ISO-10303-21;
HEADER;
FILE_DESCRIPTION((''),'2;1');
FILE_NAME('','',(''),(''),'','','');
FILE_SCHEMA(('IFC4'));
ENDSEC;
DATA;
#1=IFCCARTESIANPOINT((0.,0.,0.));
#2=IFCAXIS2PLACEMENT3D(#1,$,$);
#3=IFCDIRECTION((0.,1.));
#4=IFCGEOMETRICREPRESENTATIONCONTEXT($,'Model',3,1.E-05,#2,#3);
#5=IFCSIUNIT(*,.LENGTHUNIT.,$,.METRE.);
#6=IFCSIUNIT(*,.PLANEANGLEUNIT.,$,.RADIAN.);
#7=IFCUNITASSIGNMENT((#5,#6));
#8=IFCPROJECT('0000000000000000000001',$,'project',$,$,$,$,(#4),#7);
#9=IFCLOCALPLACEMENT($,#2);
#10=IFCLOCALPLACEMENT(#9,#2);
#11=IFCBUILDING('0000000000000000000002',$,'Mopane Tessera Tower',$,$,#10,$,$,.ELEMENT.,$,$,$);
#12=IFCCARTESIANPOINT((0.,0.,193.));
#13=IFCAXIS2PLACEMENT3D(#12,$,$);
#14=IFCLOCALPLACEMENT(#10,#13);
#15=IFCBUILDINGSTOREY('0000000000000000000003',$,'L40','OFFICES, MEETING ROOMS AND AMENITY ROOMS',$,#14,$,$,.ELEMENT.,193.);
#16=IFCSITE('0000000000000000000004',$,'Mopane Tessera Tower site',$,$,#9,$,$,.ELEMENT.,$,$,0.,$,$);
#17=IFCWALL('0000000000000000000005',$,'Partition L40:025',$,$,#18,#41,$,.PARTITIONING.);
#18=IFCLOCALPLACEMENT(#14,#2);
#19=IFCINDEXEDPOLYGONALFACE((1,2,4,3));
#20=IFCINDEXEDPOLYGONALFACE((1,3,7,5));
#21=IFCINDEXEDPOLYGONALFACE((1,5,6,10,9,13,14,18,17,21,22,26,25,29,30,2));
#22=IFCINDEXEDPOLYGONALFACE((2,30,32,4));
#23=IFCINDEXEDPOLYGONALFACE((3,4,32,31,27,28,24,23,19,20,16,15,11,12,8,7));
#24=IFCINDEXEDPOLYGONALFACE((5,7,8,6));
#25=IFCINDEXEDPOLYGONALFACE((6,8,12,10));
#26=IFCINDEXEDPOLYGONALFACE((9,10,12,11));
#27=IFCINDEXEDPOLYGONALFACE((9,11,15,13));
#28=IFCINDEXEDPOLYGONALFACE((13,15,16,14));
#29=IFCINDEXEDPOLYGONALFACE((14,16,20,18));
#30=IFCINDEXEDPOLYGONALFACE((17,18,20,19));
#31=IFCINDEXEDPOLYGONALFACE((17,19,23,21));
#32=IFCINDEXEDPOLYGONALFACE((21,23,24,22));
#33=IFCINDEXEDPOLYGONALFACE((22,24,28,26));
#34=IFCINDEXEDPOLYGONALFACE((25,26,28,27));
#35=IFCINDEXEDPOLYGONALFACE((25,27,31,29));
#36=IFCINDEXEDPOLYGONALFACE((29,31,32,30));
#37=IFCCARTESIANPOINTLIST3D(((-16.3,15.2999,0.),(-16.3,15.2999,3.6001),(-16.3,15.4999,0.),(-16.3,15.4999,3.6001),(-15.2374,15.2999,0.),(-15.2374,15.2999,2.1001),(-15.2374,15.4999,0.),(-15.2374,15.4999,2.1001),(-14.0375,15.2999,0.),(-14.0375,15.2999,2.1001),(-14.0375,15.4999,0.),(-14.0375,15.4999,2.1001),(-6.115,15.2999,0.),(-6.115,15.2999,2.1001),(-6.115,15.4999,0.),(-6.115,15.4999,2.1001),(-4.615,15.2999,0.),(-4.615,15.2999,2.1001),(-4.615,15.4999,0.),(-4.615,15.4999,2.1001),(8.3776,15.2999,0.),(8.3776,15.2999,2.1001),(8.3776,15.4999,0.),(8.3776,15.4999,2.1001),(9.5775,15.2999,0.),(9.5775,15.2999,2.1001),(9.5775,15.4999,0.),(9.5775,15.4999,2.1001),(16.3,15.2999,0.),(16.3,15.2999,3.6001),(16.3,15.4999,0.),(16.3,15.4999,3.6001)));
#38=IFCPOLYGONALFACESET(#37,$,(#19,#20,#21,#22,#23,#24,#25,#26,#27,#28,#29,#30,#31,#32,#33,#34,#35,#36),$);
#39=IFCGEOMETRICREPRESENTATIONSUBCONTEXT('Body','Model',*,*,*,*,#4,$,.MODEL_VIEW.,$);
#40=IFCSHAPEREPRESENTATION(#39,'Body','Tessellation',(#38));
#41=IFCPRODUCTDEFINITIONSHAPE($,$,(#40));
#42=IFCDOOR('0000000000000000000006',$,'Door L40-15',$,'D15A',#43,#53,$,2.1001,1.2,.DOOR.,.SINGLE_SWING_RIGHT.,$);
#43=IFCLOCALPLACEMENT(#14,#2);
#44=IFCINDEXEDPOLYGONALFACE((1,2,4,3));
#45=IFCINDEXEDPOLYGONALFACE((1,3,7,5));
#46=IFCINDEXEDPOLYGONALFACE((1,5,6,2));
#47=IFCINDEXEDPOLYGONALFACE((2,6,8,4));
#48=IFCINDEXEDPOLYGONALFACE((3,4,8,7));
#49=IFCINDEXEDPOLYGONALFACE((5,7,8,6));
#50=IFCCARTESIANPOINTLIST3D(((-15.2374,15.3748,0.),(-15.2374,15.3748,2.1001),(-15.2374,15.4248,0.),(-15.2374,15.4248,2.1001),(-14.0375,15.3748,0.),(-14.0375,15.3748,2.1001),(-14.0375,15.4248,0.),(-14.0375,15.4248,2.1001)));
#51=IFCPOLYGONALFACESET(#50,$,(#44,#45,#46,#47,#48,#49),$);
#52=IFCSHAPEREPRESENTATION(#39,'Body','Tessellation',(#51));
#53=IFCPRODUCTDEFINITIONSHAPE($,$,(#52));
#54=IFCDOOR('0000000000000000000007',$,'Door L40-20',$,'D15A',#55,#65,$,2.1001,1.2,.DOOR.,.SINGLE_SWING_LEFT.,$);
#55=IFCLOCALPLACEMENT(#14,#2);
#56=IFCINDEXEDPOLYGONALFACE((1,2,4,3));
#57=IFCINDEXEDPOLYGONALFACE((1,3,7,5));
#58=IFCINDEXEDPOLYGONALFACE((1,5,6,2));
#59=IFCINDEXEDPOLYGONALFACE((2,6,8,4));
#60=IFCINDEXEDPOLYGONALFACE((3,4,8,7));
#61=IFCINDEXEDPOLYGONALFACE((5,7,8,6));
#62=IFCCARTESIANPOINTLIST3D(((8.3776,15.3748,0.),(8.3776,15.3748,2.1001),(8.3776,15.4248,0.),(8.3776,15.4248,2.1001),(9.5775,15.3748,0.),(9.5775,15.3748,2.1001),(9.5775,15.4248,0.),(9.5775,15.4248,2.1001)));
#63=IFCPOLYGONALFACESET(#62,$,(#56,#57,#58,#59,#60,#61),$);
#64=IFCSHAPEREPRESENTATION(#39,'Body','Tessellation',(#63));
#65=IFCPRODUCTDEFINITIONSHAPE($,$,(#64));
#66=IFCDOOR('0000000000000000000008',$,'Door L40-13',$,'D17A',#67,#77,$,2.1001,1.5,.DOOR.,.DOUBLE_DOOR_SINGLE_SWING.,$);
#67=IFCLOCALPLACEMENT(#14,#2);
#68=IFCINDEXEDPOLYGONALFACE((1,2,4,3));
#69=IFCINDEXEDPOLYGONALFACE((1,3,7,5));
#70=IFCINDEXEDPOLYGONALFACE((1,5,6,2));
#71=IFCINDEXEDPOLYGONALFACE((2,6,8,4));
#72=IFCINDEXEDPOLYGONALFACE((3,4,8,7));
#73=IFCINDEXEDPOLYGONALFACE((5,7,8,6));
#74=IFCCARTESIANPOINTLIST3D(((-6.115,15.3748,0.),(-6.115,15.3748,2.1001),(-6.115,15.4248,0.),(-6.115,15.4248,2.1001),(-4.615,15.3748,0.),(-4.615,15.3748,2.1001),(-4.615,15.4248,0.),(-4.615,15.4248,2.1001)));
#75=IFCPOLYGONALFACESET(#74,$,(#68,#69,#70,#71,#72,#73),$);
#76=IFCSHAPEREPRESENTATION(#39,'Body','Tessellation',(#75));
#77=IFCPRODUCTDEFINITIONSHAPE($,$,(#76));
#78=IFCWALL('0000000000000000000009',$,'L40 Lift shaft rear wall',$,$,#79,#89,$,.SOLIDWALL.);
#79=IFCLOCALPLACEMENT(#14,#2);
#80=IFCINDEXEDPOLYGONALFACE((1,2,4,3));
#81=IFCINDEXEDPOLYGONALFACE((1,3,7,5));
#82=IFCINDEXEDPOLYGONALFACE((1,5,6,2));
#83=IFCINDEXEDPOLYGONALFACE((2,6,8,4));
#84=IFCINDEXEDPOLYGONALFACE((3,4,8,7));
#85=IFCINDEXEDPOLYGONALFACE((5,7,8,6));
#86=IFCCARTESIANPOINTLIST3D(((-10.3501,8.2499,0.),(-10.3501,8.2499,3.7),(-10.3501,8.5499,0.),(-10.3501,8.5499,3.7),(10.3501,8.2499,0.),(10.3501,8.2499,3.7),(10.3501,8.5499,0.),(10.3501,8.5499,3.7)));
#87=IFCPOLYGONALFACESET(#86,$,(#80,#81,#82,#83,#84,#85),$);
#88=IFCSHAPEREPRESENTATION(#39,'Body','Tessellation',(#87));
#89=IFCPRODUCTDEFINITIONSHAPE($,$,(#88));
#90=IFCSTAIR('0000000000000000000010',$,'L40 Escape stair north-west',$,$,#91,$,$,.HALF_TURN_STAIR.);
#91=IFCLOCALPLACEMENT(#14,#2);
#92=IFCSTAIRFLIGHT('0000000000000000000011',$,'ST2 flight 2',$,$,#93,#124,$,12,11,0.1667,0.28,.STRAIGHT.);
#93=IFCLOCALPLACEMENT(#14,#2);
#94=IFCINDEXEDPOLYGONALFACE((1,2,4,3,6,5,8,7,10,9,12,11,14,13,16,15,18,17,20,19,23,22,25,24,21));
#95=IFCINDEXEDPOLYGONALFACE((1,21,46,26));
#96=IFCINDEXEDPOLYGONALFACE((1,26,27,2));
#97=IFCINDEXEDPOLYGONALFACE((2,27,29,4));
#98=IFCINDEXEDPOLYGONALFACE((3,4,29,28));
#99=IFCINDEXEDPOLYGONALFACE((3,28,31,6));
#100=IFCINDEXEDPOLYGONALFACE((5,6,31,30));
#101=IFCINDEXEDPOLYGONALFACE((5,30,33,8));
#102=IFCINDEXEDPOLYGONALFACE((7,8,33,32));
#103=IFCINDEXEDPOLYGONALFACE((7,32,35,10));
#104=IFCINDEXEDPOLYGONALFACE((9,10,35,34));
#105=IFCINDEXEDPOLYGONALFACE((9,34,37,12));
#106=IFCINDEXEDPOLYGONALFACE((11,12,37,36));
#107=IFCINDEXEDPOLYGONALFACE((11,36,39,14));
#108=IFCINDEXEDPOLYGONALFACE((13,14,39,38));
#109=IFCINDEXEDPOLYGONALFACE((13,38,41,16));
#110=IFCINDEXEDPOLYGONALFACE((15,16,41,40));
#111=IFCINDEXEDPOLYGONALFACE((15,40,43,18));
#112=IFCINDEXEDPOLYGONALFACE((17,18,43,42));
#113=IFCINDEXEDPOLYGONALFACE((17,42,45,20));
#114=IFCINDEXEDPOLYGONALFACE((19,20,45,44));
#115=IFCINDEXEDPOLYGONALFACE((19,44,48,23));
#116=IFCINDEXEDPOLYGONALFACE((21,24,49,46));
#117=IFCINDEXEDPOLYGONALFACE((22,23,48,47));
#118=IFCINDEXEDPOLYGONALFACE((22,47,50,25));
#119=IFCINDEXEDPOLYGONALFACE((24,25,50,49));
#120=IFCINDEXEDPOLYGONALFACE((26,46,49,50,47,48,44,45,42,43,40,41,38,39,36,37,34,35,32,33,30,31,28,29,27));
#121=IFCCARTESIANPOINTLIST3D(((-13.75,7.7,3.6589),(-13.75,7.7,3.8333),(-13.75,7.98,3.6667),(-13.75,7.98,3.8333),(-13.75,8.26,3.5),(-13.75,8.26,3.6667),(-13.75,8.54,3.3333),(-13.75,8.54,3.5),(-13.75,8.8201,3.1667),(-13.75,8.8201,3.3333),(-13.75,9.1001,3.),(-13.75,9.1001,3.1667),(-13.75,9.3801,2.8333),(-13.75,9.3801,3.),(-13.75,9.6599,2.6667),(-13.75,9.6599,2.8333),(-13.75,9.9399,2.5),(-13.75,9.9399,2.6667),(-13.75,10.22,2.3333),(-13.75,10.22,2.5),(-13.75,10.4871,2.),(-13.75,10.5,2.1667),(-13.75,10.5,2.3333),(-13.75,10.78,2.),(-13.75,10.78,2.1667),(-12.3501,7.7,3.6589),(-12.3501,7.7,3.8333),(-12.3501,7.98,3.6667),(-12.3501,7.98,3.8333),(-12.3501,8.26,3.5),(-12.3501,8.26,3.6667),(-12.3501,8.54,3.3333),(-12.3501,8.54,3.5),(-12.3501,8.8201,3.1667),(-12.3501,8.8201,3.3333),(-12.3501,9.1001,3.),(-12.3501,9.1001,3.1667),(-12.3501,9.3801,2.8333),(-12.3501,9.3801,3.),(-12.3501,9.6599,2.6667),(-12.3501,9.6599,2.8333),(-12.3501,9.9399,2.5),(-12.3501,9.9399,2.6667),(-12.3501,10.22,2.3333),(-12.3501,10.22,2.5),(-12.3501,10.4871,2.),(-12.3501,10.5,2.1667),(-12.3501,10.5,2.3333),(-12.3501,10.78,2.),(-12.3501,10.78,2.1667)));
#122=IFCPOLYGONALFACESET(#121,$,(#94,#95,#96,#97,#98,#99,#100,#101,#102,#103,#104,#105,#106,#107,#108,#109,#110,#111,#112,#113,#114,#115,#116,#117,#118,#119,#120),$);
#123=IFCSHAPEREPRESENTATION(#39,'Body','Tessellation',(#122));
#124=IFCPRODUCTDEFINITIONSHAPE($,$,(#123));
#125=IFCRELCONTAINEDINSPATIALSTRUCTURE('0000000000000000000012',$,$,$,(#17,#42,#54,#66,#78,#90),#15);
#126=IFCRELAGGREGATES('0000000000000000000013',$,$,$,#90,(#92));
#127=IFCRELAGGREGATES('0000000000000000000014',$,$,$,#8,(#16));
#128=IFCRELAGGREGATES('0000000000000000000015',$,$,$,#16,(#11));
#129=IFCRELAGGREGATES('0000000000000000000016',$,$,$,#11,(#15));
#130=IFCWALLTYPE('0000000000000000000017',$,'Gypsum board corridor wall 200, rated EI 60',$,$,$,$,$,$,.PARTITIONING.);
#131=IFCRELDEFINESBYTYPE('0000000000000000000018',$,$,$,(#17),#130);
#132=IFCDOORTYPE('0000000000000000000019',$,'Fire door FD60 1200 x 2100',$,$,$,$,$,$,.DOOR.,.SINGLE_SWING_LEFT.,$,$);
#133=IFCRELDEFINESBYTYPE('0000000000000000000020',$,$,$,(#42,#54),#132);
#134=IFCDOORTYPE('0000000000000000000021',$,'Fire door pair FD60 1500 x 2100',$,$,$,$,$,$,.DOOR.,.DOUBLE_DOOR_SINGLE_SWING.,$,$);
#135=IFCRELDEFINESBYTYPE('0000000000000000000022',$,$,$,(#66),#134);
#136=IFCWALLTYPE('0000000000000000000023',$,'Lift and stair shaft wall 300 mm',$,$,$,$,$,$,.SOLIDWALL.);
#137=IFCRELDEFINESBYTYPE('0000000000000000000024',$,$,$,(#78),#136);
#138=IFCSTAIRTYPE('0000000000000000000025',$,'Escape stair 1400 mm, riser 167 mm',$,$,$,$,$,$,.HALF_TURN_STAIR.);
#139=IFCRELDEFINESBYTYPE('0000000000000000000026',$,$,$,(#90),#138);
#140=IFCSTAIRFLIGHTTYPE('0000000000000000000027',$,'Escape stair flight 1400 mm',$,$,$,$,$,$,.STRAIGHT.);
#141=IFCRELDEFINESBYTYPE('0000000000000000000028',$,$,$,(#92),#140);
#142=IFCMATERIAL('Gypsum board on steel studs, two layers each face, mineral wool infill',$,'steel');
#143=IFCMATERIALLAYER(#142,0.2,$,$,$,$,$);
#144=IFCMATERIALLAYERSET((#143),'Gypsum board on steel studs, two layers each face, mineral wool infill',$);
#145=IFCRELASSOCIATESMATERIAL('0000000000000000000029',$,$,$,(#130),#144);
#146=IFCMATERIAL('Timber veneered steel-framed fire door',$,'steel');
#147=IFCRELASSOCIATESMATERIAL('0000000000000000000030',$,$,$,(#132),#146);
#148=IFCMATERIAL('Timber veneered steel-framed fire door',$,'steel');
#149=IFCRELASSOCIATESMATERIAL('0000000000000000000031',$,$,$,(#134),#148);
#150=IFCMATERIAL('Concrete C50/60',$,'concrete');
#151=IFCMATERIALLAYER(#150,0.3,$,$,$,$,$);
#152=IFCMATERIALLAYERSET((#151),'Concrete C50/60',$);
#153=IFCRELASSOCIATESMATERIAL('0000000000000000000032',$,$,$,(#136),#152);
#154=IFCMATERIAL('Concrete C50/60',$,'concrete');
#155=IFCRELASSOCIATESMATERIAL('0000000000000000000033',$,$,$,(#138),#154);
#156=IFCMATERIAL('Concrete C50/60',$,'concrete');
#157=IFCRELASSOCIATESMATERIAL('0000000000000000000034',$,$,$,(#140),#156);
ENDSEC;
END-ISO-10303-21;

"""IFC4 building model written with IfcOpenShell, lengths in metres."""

from ifc_helpers import new_model, si_unit, direction, frame, frame_2d, origin, place, context, subcontext, project, spatial, polyline, rectangle, outline, extrude, material, layer, layer_set, type_object, element, fill, aggregate, save


model = new_model("IFC4")

# Units and contexts
model_context = context("Model", 3, precision=1e-05, world=origin(), true_north=direction((0.0, 1.0)))
body_context = subcontext(model_context, "Body", "Model", "MODEL_VIEW")
ifc_project = project(units=[si_unit("LENGTHUNIT", "METRE"), si_unit("PLANEANGLEUNIT", "RADIAN")], contexts=[model_context])

# Site, building, storey
site_placement = place(None, origin())
site = spatial("IfcSite", under=ifc_project, at=site_placement, Name="Mopane Tessera Tower site", CompositionType="ELEMENT", RefElevation=0.0)
building_placement = place(site_placement, origin())
building = spatial("IfcBuilding", under=site, at=building_placement, Name="Mopane Tessera Tower", CompositionType="ELEMENT")
storey_placement = place(building_placement, frame((0.0, 0.0, 193.0)))
storey = spatial("IfcBuildingStorey", under=building, at=storey_placement, Name="L40", Description="OFFICES, MEETING ROOMS AND AMENITY ROOMS", CompositionType="ELEMENT", Elevation=193.0)

# Wall, openings, doors
ifc_material_1 = material(Name="Gypsum board on steel studs, two layers each face, mineral wool infill", Category="steel")
ifc_layer_1 = layer(ifc_material_1, 0.2)
ifc_layer_set_1 = layer_set([ifc_layer_1], Name="Gypsum board on steel studs, two layers each face, mineral wool infill")
wall_type_1 = type_object("IfcWallType", Name="Gypsum board corridor wall 200, rated EI 60", PredefinedType="PARTITIONING", material=ifc_layer_set_1)
wall_1_placement = place(storey_placement, frame((-16.3, 15.3999, 0.0), z_axis=(0.0, 0.0, 1.0), x_axis=(1.0, 0.0, 0.0)))
wall_1 = element("IfcWall", 1, at=wall_1_placement, inside=storey, type_object=wall_type_1, Name="Partition L40:025", PredefinedType="PARTITIONING", context=body_context, shape_type="SweptSolid", body=[
    extrude(rectangle(XDim=32.6001, YDim=0.2, at=frame_2d((16.3, 0.0))), origin(), (0.0, 0.0, 1.0), 3.6001),
])
opening_1_placement = place(wall_1_placement, frame((10.1851, 0.0, 0.0)))
opening_1 = element("IfcOpeningElement", 2, at=opening_1_placement, cuts=wall_1, PredefinedType="OPENING", context=body_context, shape_type="SweptSolid", body=[
    extrude(rectangle(XDim=1.5, YDim=2.1001, at=frame_2d((0.75, 1.05))), frame((0.0, 0.1121, 0.0), z_axis=(0.0, -1.0, 0.0), x_axis=(1.0, 0.0, 0.0)), (0.0, 0.0, 1.0), 0.2239),
])
opening_2_placement = place(wall_1_placement, frame((1.0625, 0.0, 0.0)))
opening_2 = element("IfcOpeningElement", 3, at=opening_2_placement, cuts=wall_1, PredefinedType="OPENING", context=body_context, shape_type="SweptSolid", body=[
    extrude(rectangle(XDim=1.2, YDim=2.1001, at=frame_2d((0.6001, 1.05))), frame((0.0, 0.1121, 0.0), z_axis=(0.0, -1.0, 0.0), x_axis=(1.0, 0.0, 0.0)), (0.0, 0.0, 1.0), 0.2239),
])
opening_3_placement = place(wall_1_placement, frame((24.6775, 0.0, 0.0)))
opening_3 = element("IfcOpeningElement", 4, at=opening_3_placement, cuts=wall_1, PredefinedType="OPENING", context=body_context, shape_type="SweptSolid", body=[
    extrude(rectangle(XDim=1.2, YDim=2.1001, at=frame_2d((0.6001, 1.05))), frame((0.0, 0.1121, 0.0), z_axis=(0.0, -1.0, 0.0), x_axis=(1.0, 0.0, 0.0)), (0.0, 0.0, 1.0), 0.2239),
])
ifc_material_2 = material(Name="Timber veneered steel-framed fire door", Category="steel")
door_type_1 = type_object("IfcDoorType", Name="Fire door FD60 1200 x 2100", OperationType="SINGLE_SWING_LEFT", PredefinedType="DOOR", material=ifc_material_2)
door_1_placement = place(opening_2_placement, origin())
door_1 = element("IfcDoor", 5, at=door_1_placement, inside=storey, type_object=door_type_1, Name="Door L40-15", ObjectType="D15A", OperationType="SINGLE_SWING_RIGHT", OverallHeight=2.1001, OverallWidth=1.2, PredefinedType="DOOR", context=body_context, shape_type="SweptSolid", body=[
    extrude(rectangle(XDim=1.2, YDim=2.1001, at=frame_2d((0.6001, 1.05))), frame((0.0, 0.0249, 0.0), z_axis=(0.0, -1.0, 0.0), x_axis=(1.0, 0.0, 0.0)), (0.0, 0.0, 1.0), 0.05),
])
fill(opening_2, door_1)
door_2_placement = place(opening_3_placement, origin())
door_2 = element("IfcDoor", 6, at=door_2_placement, inside=storey, type_object=door_type_1, Name="Door L40-20", ObjectType="D15A", OperationType="SINGLE_SWING_LEFT", OverallHeight=2.1001, OverallWidth=1.2, PredefinedType="DOOR", context=body_context, shape_type="SweptSolid", body=[
    extrude(rectangle(XDim=1.2, YDim=2.1001, at=frame_2d((0.6001, 1.05))), frame((0.0, 0.0249, 0.0), z_axis=(0.0, -1.0, 0.0), x_axis=(1.0, 0.0, 0.0)), (0.0, 0.0, 1.0), 0.05),
])
fill(opening_3, door_2)
ifc_material_3 = material(Name="Timber veneered steel-framed fire door", Category="steel")
door_type_2 = type_object("IfcDoorType", Name="Fire door pair FD60 1500 x 2100", OperationType="DOUBLE_DOOR_SINGLE_SWING", PredefinedType="DOOR", material=ifc_material_3)
door_3_placement = place(opening_1_placement, origin())
door_3 = element("IfcDoor", 7, at=door_3_placement, inside=storey, type_object=door_type_2, Name="Door L40-13", ObjectType="D17A", OperationType="DOUBLE_DOOR_SINGLE_SWING", OverallHeight=2.1001, OverallWidth=1.5, PredefinedType="DOOR", context=body_context, shape_type="SweptSolid", body=[
    extrude(rectangle(XDim=1.5, YDim=2.1001, at=frame_2d((0.75, 1.05))), frame((0.0, 0.0249, 0.0), z_axis=(0.0, -1.0, 0.0), x_axis=(1.0, 0.0, 0.0)), (0.0, 0.0, 1.0), 0.05),
])
fill(opening_1, door_3)

# Wall
ifc_material_4 = material(Name="Concrete C50/60", Category="concrete")
ifc_layer_2 = layer(ifc_material_4, 0.3)
ifc_layer_set_2 = layer_set([ifc_layer_2], Name="Concrete C50/60")
wall_type_2 = type_object("IfcWallType", Name="Lift and stair shaft wall 300 mm", PredefinedType="SOLIDWALL", material=ifc_layer_set_2)
wall_2_placement = place(storey_placement, frame((-10.3501, 8.3999, 0.0), z_axis=(0.0, 0.0, 1.0), x_axis=(1.0, 0.0, 0.0)))
element("IfcWall", 8, at=wall_2_placement, inside=storey, type_object=wall_type_2, Name="L40 Lift shaft rear wall", PredefinedType="SOLIDWALL", context=body_context, shape_type="SweptSolid", body=[
    extrude(rectangle(XDim=20.7002, YDim=0.3, at=frame_2d((10.3501, 0.0))), origin(), (0.0, 0.0, 1.0), 3.7),
])

# Stair, stair flight
ifc_material_5 = material(Name="Concrete C50/60", Category="concrete")
stair_type = type_object("IfcStairType", Name="Escape stair 1400 mm, riser 167 mm", PredefinedType="HALF_TURN_STAIR", material=ifc_material_5)
stair_placement = place(storey_placement, origin())
stair = element("IfcStair", 9, at=stair_placement, inside=storey, type_object=stair_type, Name="L40 Escape stair north-west", PredefinedType="HALF_TURN_STAIR")
ifc_material_6 = material(Name="Concrete C50/60", Category="concrete")
stair_flight_type = type_object("IfcStairFlightType", Name="Escape stair flight 1400 mm", PredefinedType="STRAIGHT", material=ifc_material_6)
stair_flight_placement = place(storey_placement, frame((-13.05, 10.78, 2.0), z_axis=(0.0, 0.0, 1.0), x_axis=(0.0, -1.0, 0.0)))
stair_flight = element("IfcStairFlight", 10, at=stair_flight_placement, type_object=stair_flight_type, Name="ST2 flight 2", NumberOfRisers=12, NumberOfTreads=11, PredefinedType="STRAIGHT", RiserHeight=0.1667, TreadLength=0.28, context=body_context, shape_type="SweptSolid", body=[
    extrude(outline(polyline([(0.0, 0.0), (0.0, 0.1667), (0.28, 0.1667), (0.28, 0.3333), (0.5601, 0.3333), (0.5601, 0.5), (0.8401, 0.5), (0.8401, 0.6667), (1.1201, 0.6667), (1.1201, 0.8333), (1.3999, 0.8333), (1.3999, 1.0), (1.6799, 1.0), (1.6799, 1.1667), (1.96, 1.1667), (1.96, 1.3333), (2.24, 1.3333), (2.24, 1.5), (2.52, 1.5), (2.52, 1.6667), (2.8, 1.6667), (2.8, 1.8333), (3.0801, 1.8333), (3.0801, 2.0), (3.0801, 1.6589), (0.293, 0.0), (0.0, 0.0)])), frame((0.0, 0.7, 0.0), z_axis=(0.0, -1.0, 0.0), x_axis=(1.0, 0.0, 0.0)), (0.0, 0.0, 1.0), 1.3999),
])
aggregate(stair, [stair_flight])

save(model, "model.ifc")
